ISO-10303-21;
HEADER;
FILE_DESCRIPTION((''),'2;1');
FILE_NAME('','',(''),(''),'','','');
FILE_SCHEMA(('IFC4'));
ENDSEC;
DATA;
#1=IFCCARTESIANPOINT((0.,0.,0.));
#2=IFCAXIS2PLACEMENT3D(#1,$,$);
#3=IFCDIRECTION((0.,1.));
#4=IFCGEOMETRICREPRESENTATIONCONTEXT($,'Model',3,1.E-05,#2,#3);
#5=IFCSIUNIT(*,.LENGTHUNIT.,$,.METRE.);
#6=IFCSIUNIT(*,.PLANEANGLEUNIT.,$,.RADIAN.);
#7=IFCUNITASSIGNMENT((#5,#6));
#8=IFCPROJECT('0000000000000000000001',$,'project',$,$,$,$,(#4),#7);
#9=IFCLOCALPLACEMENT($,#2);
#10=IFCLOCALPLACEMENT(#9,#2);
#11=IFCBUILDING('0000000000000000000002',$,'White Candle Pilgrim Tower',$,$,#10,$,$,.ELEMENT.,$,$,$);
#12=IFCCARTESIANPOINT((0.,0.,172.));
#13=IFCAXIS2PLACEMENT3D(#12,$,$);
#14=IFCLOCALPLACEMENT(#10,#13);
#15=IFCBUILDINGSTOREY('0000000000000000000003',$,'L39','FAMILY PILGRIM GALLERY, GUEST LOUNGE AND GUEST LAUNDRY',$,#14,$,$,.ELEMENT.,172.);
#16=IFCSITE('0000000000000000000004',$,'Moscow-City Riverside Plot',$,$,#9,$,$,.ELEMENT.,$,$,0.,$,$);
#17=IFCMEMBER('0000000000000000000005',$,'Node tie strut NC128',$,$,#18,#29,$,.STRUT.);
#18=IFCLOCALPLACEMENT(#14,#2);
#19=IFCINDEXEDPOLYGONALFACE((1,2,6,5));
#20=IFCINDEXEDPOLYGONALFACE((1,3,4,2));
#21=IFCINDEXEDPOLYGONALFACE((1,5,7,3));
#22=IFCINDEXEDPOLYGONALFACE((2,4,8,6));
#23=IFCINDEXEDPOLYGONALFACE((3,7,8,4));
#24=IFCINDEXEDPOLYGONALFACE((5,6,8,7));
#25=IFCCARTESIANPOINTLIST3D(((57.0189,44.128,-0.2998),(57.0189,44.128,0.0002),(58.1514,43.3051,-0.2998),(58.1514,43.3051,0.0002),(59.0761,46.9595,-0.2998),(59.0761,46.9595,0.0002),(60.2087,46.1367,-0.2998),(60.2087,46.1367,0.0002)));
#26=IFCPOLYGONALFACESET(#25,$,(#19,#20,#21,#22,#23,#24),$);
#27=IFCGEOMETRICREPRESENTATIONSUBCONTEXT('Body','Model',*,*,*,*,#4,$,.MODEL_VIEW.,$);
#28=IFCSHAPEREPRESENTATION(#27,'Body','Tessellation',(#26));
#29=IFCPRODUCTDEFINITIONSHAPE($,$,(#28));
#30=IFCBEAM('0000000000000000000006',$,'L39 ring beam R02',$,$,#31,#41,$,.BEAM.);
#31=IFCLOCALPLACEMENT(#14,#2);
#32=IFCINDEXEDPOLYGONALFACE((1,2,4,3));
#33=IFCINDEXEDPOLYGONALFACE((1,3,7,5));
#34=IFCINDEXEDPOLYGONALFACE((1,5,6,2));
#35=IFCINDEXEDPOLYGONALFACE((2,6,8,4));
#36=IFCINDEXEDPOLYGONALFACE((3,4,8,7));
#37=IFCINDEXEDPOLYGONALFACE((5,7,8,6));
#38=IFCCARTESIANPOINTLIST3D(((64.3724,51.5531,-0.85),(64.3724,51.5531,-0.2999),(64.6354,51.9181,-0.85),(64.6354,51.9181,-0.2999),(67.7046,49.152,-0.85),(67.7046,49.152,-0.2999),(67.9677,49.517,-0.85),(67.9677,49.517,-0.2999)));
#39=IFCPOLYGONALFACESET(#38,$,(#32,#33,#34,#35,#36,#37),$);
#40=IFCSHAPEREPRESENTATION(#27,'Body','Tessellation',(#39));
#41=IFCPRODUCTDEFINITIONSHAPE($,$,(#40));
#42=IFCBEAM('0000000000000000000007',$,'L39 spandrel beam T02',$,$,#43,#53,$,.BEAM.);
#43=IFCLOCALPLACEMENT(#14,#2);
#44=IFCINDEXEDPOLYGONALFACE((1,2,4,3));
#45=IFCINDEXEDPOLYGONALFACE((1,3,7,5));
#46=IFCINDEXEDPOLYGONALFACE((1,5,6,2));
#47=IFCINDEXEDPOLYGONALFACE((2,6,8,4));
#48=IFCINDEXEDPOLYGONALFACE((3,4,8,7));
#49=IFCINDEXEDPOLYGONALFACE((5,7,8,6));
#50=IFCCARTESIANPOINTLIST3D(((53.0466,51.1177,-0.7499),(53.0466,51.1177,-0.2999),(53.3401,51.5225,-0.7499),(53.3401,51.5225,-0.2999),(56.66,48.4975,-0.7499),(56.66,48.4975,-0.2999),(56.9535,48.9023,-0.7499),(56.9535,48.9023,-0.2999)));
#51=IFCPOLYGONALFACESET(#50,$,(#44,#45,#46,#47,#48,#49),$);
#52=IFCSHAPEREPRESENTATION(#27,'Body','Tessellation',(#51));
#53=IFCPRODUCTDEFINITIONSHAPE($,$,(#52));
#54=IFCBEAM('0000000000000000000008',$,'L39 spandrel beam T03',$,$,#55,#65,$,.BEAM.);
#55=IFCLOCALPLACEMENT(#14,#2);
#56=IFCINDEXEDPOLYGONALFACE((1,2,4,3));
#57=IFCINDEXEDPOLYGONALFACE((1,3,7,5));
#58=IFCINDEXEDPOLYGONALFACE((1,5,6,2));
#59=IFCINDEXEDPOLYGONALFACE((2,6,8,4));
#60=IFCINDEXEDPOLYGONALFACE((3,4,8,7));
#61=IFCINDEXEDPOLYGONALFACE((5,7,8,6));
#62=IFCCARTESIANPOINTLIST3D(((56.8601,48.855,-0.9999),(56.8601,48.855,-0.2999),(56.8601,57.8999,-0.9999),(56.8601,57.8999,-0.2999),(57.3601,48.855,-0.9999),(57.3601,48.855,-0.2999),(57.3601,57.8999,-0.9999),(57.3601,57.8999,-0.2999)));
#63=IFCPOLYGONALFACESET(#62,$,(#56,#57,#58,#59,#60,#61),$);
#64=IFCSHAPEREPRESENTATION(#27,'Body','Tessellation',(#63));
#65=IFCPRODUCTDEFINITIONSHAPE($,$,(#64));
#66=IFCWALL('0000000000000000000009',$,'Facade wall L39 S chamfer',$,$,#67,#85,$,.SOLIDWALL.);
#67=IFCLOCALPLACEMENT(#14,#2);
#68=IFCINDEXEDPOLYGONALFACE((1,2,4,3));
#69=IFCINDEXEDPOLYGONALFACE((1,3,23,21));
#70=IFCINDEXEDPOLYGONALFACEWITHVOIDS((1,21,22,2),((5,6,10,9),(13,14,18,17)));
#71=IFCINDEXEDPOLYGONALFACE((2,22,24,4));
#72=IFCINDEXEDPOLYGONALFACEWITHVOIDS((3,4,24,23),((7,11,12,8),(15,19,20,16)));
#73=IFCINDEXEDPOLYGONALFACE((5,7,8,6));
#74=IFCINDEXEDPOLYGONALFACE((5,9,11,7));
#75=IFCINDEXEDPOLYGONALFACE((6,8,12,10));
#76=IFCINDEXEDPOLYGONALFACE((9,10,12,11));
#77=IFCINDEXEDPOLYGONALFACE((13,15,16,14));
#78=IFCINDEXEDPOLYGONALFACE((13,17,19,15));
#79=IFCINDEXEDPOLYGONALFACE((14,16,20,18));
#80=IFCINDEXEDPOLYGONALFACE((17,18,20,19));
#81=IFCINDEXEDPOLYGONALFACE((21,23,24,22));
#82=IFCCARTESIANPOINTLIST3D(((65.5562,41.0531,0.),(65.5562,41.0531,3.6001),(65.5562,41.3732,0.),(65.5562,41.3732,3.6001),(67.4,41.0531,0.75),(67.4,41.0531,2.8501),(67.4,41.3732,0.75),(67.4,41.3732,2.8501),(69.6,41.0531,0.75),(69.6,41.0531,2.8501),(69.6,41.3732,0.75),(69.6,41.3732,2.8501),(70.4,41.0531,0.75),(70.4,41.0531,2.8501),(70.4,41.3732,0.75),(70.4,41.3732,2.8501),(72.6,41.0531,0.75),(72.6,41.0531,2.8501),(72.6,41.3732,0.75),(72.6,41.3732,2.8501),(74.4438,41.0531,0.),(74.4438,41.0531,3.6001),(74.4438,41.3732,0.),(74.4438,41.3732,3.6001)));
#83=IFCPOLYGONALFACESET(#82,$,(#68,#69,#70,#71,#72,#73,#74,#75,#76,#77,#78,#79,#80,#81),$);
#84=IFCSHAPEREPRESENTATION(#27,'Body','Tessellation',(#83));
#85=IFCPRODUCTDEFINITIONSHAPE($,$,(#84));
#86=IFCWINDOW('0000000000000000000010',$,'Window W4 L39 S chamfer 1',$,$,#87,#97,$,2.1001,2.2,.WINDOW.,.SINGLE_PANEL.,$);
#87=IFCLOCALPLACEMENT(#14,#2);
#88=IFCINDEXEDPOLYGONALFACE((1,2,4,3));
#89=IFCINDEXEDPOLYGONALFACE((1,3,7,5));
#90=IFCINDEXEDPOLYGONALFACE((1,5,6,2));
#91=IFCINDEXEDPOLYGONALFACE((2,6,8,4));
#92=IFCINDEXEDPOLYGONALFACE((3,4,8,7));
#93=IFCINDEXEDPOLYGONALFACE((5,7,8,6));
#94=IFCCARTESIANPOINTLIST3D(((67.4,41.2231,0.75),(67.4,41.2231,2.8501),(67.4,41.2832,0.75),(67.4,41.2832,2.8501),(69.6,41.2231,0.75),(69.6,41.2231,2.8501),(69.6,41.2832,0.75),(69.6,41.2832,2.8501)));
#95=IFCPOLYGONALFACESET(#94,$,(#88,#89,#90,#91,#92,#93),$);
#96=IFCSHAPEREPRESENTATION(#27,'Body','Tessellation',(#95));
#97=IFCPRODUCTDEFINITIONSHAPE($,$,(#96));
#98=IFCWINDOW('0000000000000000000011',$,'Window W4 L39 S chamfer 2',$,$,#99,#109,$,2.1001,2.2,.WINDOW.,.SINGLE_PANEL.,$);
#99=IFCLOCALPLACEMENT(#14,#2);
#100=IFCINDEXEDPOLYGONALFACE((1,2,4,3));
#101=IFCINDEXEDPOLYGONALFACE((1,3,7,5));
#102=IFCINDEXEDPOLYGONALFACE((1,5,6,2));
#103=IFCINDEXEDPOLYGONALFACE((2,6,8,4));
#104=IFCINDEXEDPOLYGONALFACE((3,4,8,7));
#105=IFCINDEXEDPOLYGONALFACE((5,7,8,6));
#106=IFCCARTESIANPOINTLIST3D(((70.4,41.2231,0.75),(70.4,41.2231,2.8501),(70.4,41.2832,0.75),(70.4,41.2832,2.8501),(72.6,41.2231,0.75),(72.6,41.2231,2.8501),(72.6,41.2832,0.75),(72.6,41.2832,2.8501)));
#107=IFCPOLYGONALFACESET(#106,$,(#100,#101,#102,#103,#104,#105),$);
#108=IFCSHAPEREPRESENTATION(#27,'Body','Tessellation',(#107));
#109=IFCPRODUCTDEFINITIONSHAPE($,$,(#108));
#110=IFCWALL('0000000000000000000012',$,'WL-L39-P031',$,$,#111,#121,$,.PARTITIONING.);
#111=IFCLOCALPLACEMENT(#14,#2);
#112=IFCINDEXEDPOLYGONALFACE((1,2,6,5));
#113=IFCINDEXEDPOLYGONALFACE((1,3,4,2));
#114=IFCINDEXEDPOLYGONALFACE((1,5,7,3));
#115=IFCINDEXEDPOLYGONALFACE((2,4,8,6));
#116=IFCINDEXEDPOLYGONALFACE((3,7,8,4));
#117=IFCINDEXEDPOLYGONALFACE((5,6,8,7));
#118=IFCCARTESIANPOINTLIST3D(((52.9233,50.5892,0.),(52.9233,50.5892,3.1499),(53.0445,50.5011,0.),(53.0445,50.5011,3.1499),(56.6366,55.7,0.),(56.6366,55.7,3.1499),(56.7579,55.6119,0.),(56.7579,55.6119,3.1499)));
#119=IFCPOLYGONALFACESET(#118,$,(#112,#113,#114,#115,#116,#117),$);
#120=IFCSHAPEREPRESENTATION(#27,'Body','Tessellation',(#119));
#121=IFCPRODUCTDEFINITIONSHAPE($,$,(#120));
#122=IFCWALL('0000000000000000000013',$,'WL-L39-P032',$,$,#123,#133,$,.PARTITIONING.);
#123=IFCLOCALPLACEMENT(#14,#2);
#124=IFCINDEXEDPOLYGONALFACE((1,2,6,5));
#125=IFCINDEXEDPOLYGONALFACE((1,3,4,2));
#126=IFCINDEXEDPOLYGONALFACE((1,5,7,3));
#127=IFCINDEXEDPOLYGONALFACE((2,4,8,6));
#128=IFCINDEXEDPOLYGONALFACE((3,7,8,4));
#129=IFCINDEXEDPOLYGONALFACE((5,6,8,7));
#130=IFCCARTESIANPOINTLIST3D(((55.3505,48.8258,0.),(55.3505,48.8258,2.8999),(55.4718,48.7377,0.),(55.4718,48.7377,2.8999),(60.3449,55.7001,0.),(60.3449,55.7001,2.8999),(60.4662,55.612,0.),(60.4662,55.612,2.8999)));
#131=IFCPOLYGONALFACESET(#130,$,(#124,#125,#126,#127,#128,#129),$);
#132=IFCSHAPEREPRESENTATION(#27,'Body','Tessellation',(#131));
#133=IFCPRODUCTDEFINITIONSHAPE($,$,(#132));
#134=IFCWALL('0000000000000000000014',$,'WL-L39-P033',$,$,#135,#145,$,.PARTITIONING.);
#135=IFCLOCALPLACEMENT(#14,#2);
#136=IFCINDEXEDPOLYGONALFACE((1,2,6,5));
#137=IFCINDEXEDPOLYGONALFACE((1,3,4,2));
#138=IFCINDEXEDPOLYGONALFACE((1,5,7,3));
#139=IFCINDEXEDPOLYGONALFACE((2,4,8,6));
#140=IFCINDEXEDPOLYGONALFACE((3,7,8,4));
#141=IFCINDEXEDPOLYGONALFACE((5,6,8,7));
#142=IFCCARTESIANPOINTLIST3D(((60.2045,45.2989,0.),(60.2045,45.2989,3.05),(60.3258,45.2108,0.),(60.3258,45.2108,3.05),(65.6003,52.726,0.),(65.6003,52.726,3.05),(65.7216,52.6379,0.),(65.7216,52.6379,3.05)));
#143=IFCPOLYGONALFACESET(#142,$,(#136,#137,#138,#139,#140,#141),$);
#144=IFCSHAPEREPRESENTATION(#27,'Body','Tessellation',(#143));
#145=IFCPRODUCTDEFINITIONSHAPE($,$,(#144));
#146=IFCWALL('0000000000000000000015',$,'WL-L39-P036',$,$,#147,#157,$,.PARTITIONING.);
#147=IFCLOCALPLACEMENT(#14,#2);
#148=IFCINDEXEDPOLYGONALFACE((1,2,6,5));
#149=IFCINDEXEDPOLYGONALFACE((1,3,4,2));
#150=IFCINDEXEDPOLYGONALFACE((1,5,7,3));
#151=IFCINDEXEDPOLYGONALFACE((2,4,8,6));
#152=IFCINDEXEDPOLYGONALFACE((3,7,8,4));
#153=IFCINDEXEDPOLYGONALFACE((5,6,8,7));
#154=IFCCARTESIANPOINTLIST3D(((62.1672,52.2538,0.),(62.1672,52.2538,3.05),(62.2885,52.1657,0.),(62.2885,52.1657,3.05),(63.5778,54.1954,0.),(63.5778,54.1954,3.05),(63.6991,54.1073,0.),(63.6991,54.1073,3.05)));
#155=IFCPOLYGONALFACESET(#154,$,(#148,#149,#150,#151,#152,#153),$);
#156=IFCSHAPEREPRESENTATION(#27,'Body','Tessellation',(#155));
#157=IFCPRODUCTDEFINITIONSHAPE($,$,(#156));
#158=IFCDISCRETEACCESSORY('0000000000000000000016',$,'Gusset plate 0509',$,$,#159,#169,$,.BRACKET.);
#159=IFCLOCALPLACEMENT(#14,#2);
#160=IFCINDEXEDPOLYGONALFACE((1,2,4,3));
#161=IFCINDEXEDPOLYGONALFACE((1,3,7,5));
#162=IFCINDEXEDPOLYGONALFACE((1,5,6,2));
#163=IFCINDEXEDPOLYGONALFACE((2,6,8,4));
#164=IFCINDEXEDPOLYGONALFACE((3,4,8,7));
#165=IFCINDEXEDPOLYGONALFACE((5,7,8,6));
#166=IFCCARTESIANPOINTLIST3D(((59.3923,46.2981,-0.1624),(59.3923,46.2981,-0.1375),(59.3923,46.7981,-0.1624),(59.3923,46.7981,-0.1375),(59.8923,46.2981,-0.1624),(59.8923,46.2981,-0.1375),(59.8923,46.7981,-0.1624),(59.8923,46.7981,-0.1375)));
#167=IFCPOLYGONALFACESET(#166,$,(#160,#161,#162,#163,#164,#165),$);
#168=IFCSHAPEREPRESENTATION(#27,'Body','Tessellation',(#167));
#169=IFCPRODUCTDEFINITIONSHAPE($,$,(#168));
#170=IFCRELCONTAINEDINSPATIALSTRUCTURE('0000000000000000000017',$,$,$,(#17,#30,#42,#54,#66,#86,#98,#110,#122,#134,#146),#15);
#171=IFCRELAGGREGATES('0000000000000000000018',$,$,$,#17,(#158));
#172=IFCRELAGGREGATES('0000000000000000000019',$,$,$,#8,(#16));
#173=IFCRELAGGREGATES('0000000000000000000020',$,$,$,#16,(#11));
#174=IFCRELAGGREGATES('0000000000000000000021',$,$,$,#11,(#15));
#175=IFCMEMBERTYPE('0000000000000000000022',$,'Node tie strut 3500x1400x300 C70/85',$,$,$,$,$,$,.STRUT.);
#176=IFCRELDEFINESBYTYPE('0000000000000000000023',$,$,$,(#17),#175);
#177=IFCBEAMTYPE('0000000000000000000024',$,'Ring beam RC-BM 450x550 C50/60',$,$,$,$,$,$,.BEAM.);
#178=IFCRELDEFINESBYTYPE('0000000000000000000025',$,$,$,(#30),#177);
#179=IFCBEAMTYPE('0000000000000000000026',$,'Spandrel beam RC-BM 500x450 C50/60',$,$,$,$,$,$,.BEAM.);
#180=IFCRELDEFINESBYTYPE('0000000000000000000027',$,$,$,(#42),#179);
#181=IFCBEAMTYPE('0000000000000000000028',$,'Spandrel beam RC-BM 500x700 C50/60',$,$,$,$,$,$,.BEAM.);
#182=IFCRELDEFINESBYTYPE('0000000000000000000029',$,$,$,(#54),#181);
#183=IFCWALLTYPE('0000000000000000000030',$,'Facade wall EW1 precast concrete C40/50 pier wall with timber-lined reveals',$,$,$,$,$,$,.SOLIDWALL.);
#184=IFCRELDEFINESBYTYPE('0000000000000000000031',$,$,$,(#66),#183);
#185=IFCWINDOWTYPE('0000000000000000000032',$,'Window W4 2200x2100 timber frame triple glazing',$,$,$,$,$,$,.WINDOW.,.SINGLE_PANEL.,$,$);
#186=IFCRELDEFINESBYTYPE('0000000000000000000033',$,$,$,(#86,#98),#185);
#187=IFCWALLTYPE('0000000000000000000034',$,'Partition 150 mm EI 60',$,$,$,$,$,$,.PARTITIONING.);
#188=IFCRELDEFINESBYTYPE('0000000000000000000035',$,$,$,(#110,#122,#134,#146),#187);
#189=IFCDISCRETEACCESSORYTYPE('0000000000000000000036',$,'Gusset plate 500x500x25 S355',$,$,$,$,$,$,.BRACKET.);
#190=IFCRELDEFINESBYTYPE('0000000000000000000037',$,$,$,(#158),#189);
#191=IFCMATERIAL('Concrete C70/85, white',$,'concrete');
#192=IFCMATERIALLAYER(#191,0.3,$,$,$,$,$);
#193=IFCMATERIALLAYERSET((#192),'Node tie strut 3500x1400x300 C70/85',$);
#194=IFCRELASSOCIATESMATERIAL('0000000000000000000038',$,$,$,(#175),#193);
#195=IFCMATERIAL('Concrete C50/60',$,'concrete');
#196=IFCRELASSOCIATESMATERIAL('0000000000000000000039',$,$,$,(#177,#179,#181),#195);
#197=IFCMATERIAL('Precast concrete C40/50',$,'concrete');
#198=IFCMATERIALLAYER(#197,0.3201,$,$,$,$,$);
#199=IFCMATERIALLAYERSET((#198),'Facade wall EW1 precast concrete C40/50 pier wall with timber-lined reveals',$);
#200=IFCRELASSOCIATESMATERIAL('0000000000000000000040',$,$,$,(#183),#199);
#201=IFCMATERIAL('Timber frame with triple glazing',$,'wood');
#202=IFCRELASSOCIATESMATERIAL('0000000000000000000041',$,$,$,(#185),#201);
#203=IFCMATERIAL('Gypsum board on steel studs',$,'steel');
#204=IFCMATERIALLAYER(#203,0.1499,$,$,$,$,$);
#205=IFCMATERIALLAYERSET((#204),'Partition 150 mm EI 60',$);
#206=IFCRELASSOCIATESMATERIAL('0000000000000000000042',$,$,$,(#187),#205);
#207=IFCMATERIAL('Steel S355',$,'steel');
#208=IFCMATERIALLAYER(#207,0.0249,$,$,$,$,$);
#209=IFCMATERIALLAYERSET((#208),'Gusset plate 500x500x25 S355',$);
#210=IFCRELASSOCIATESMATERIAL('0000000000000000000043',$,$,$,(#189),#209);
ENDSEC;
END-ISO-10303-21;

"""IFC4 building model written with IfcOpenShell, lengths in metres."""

from ifc_helpers import new_model, si_unit, direction, frame, frame_2d, origin, origin_2d, place, context, subcontext, project, spatial, rectangle, extrude, material, layer, layer_set, material_profile, profile_set, type_object, element, fill, aggregate, save


model = new_model("IFC4")

# Units and contexts
model_context = context("Model", 3, precision=1e-05, world=origin(), true_north=direction((0.0, 1.0)))
body_context = subcontext(model_context, "Body", "Model", "MODEL_VIEW")
ifc_project = project(units=[si_unit("LENGTHUNIT", "METRE"), si_unit("PLANEANGLEUNIT", "RADIAN")], contexts=[model_context])

# Site, building, storey
site_placement = place(None, origin())
site = spatial("IfcSite", under=ifc_project, at=site_placement, Name="Moscow-City Riverside Plot", CompositionType="ELEMENT", RefElevation=0.0)
building_placement = place(site_placement, origin())
building = spatial("IfcBuilding", under=site, at=building_placement, Name="White Candle Pilgrim Tower", CompositionType="ELEMENT")
storey_placement = place(building_placement, frame((0.0, 0.0, 172.0)))
storey = spatial("IfcBuildingStorey", under=building, at=storey_placement, Name="L39", Description="FAMILY PILGRIM GALLERY, GUEST LOUNGE AND GUEST LAUNDRY", CompositionType="ELEMENT", Elevation=172.0)

# Member
ifc_material_1 = material(Name="Concrete C70/85, white", Category="concrete")
ifc_layer_1 = layer(ifc_material_1, 0.3)
ifc_layer_set_1 = layer_set([ifc_layer_1], Name="Node tie strut 3500x1400x300 C70/85")
member_type_1 = type_object("IfcMemberType", Name="Node tie strut 3500x1400x300 C70/85", PredefinedType="STRUT", material=ifc_layer_set_1)
member_1_placement = place(storey_placement, frame((58.6138, 45.1323, -0.2998), z_axis=(0.0, 0.0, 1.0), x_axis=(0.809017, -0.587785, 0.0)))
member_1 = element("IfcMember", 1, at=member_1_placement, inside=storey, type_object=member_type_1, Name="Node tie strut NC128", PredefinedType="STRUT", context=body_context, shape_type="SweptSolid", body=[
    extrude(rectangle(XDim=1.3999, YDim=3.5, at=origin_2d()), origin(), (0.0, 0.0, 1.0), 0.3),
])

# Beams
ifc_material_2 = material(Name="Concrete C50/60", Category="concrete")
ifc_material_profile_1 = material_profile(ifc_material_2, rectangle(XDim=0.45, YDim=0.55, at=origin_2d()), Name="RC-BM 450x550")
ifc_profile_set_1 = profile_set([ifc_material_profile_1], Name="Concrete C50/60")
beam_type_1 = type_object("IfcBeamType", Name="Ring beam RC-BM 450x550 C50/60", PredefinedType="BEAM", material=ifc_profile_set_1)
beam_1_placement = place(storey_placement, frame((64.5039, 51.7356, -0.575), z_axis=(0.811317, -0.584607, 0.0), x_axis=(0.584607, 0.811317, 0.0)))
element("IfcBeam", 2, at=beam_1_placement, inside=storey, type_object=beam_type_1, Name="L39 ring beam R02", PredefinedType="BEAM", context=body_context, shape_type="SweptSolid", body=[
    extrude(rectangle(XDim=0.45, YDim=0.55, at=origin_2d()), origin(), (0.0, 0.0, 1.0), 4.1072),
])
ifc_material_profile_2 = material_profile(ifc_material_2, rectangle(XDim=0.5, YDim=0.45, at=origin_2d()), Name="RC-BM 500x450")
ifc_profile_set_2 = profile_set([ifc_material_profile_2], Name="Concrete C50/60")
beam_type_2 = type_object("IfcBeamType", Name="Spandrel beam RC-BM 500x450 C50/60", PredefinedType="BEAM", material=ifc_profile_set_2)
beam_2_placement = place(storey_placement, frame((53.1934, 51.3201, -0.5249), z_axis=(0.809558, -0.587039, 0.0), x_axis=(0.587039, 0.809558, 0.0)))
element("IfcBeam", 3, at=beam_2_placement, inside=storey, type_object=beam_type_2, Name="L39 spandrel beam T02", PredefinedType="BEAM", context=body_context, shape_type="SweptSolid", body=[
    extrude(rectangle(XDim=0.5, YDim=0.45, at=origin_2d()), origin(), (0.0, 0.0, 1.0), 4.4634),
])
ifc_material_profile_3 = material_profile(ifc_material_2, rectangle(XDim=0.5, YDim=0.7, at=origin_2d()), Name="RC-BM 500x700")
ifc_profile_set_3 = profile_set([ifc_material_profile_3], Name="Concrete C50/60")
beam_type_3 = type_object("IfcBeamType", Name="Spandrel beam RC-BM 500x700 C50/60", PredefinedType="BEAM", material=ifc_profile_set_3)
beam_3_placement = place(storey_placement, frame((57.1101, 48.855, -0.6499), z_axis=(0.0, 1.0, 0.0), x_axis=(-1.0, 0.0, 0.0)))
element("IfcBeam", 4, at=beam_3_placement, inside=storey, type_object=beam_type_3, Name="L39 spandrel beam T03", PredefinedType="BEAM", context=body_context, shape_type="SweptSolid", body=[
    extrude(rectangle(XDim=0.5, YDim=0.7, at=origin_2d()), origin(), (0.0, 0.0, 1.0), 9.0449),
])

# Wall, openings, windows
ifc_material_3 = material(Name="Precast concrete C40/50", Category="concrete")
ifc_layer_2 = layer(ifc_material_3, 0.3201)
ifc_layer_set_2 = layer_set([ifc_layer_2], Name="Facade wall EW1 precast concrete C40/50 pier wall with timber-lined reveals")
wall_type_1 = type_object("IfcWallType", Name="Facade wall EW1 precast concrete C40/50 pier wall with timber-lined reveals", PredefinedType="SOLIDWALL", material=ifc_layer_set_2)
wall_1_placement = place(storey_placement, frame((65.5562, 41.2131, 0.0), z_axis=(0.0, 0.0, 1.0), x_axis=(1.0, 0.0, 0.0)))
wall_1 = element("IfcWall", 5, at=wall_1_placement, inside=storey, type_object=wall_type_1, Name="Facade wall L39 S chamfer", PredefinedType="SOLIDWALL", context=body_context, shape_type="SweptSolid", body=[
    extrude(rectangle(XDim=8.8877, YDim=0.3201, at=frame_2d((4.4438, 0.0))), origin(), (0.0, 0.0, 1.0), 3.6001),
])
opening_1_placement = place(wall_1_placement, frame((1.8438, 0.0, 0.75)))
opening_1 = element("IfcOpeningElement", 6, at=opening_1_placement, cuts=wall_1, PredefinedType="OPENING", context=body_context, shape_type="SweptSolid", body=[
    extrude(rectangle(XDim=2.2, YDim=2.1001, at=frame_2d((1.1001, 1.05))), frame((0.0, 0.1699, 0.0), z_axis=(0.0, -1.0, 0.0), x_axis=(1.0, 0.0, 0.0)), (0.0, 0.0, 1.0), 0.3401),
])
opening_2_placement = place(wall_1_placement, frame((4.8438, 0.0, 0.75)))
opening_2 = element("IfcOpeningElement", 7, at=opening_2_placement, cuts=wall_1, PredefinedType="OPENING", context=body_context, shape_type="SweptSolid", body=[
    extrude(rectangle(XDim=2.2, YDim=2.1001, at=frame_2d((1.1001, 1.05))), frame((0.0, 0.1699, 0.0), z_axis=(0.0, -1.0, 0.0), x_axis=(1.0, 0.0, 0.0)), (0.0, 0.0, 1.0), 0.3401),
])
ifc_material_4 = material(Name="Timber frame with triple glazing", Category="wood")
window_type = type_object("IfcWindowType", Name="Window W4 2200x2100 timber frame triple glazing", PartitioningType="SINGLE_PANEL", PredefinedType="WINDOW", material=ifc_material_4)
window_1_placement = place(opening_1_placement, origin())
window_1 = element("IfcWindow", 8, at=window_1_placement, inside=storey, type_object=window_type, Name="Window W4 L39 S chamfer 1", OverallHeight=2.1001, OverallWidth=2.2, PartitioningType="SINGLE_PANEL", PredefinedType="WINDOW", context=body_context, shape_type="SweptSolid", body=[
    extrude(rectangle(XDim=2.2, YDim=2.1001, at=frame_2d((1.1001, 1.05))), frame((0.0, 0.0701, 0.0), z_axis=(0.0, -1.0, 0.0), x_axis=(1.0, 0.0, 0.0)), (0.0, 0.0, 1.0), 0.0601),
])
fill(opening_1, window_1)
window_2_placement = place(opening_2_placement, origin())
window_2 = element("IfcWindow", 9, at=window_2_placement, inside=storey, type_object=window_type, Name="Window W4 L39 S chamfer 2", OverallHeight=2.1001, OverallWidth=2.2, PartitioningType="SINGLE_PANEL", PredefinedType="WINDOW", context=body_context, shape_type="SweptSolid", body=[
    extrude(rectangle(XDim=2.2, YDim=2.1001, at=frame_2d((1.1001, 1.05))), frame((0.0, 0.0701, 0.0), z_axis=(0.0, -1.0, 0.0), x_axis=(1.0, 0.0, 0.0)), (0.0, 0.0, 1.0), 0.0601),
])
fill(opening_2, window_2)

# Walls
ifc_material_5 = material(Name="Gypsum board on steel studs", Category="steel")
ifc_layer_3 = layer(ifc_material_5, 0.1499)
ifc_layer_set_3 = layer_set([ifc_layer_3], Name="Partition 150 mm EI 60")
wall_type_2 = type_object("IfcWallType", Name="Partition 150 mm EI 60", PredefinedType="PARTITIONING", material=ifc_layer_set_3)
wall_2_placement = place(storey_placement, frame((52.9839, 50.5452, 0.0), z_axis=(0.0, 0.0, 1.0), x_axis=(0.587799, 0.809007, 0.0)))
element("IfcWall", 10, at=wall_2_placement, inside=storey, type_object=wall_type_2, Name="WL-L39-P031", PredefinedType="PARTITIONING", context=body_context, shape_type="SweptSolid", body=[
    extrude(rectangle(XDim=6.3174, YDim=0.1499, at=frame_2d((3.1587, 0.0))), origin(), (0.0, 0.0, 1.0), 3.1499),
])
wall_3_placement = place(storey_placement, frame((55.4111, 48.7817, 0.0), z_axis=(0.0, 0.0, 1.0), x_axis=(0.58778, 0.809021, 0.0)))
element("IfcWall", 11, at=wall_3_placement, inside=storey, type_object=wall_type_2, Name="WL-L39-P032", PredefinedType="PARTITIONING", context=body_context, shape_type="SweptSolid", body=[
    extrude(rectangle(XDim=8.4971, YDim=0.1499, at=frame_2d((4.2485, 0.0))), origin(), (0.0, 0.0, 1.0), 2.8999),
])
wall_4_placement = place(storey_placement, frame((60.2651, 45.2549, 0.0), z_axis=(0.0, 0.0, 1.0), x_axis=(0.587765, 0.809032, 0.0)))
element("IfcWall", 12, at=wall_4_placement, inside=storey, type_object=wall_type_2, Name="WL-L39-P033", PredefinedType="PARTITIONING", context=body_context, shape_type="SweptSolid", body=[
    extrude(rectangle(XDim=9.1802, YDim=0.1499, at=frame_2d((4.5901, 0.0))), origin(), (0.0, 0.0, 1.0), 3.05),
])
wall_5_placement = place(storey_placement, frame((63.6384, 54.1514, 0.0), z_axis=(0.0, 0.0, 1.0), x_axis=(-0.587772, -0.809026, 0.0)))
element("IfcWall", 13, at=wall_5_placement, inside=storey, type_object=wall_type_2, Name="WL-L39-P036", PredefinedType="PARTITIONING", context=body_context, shape_type="SweptSolid", body=[
    extrude(rectangle(XDim=2.3999, YDim=0.1499, at=frame_2d((1.2, 0.0))), origin(), (0.0, 0.0, 1.0), 3.05),
])

# Discrete accessory
ifc_material_6 = material(Name="Steel S355", Category="steel")
ifc_layer_4 = layer(ifc_material_6, 0.0249)
ifc_layer_set_4 = layer_set([ifc_layer_4], Name="Gusset plate 500x500x25 S355")
discrete_accessory_type = type_object("IfcDiscreteAccessoryType", Name="Gusset plate 500x500x25 S355", PredefinedType="BRACKET", material=ifc_layer_set_4)
discrete_accessory_1_placement = place(storey_placement, frame((59.6423, 46.5481, -0.1624), z_axis=(0.0, 0.0, 1.0), x_axis=(1.0, 0.0, 0.0)))
discrete_accessory_1 = element("IfcDiscreteAccessory", 14, at=discrete_accessory_1_placement, type_object=discrete_accessory_type, Name="Gusset plate 0509", PredefinedType="BRACKET", context=body_context, shape_type="SweptSolid", body=[
    extrude(rectangle(XDim=0.5, YDim=0.5, at=origin_2d()), origin(), (0.0, 0.0, 1.0), 0.0249),
])
aggregate(member_1, [discrete_accessory_1])

save(model, "model.ifc")
